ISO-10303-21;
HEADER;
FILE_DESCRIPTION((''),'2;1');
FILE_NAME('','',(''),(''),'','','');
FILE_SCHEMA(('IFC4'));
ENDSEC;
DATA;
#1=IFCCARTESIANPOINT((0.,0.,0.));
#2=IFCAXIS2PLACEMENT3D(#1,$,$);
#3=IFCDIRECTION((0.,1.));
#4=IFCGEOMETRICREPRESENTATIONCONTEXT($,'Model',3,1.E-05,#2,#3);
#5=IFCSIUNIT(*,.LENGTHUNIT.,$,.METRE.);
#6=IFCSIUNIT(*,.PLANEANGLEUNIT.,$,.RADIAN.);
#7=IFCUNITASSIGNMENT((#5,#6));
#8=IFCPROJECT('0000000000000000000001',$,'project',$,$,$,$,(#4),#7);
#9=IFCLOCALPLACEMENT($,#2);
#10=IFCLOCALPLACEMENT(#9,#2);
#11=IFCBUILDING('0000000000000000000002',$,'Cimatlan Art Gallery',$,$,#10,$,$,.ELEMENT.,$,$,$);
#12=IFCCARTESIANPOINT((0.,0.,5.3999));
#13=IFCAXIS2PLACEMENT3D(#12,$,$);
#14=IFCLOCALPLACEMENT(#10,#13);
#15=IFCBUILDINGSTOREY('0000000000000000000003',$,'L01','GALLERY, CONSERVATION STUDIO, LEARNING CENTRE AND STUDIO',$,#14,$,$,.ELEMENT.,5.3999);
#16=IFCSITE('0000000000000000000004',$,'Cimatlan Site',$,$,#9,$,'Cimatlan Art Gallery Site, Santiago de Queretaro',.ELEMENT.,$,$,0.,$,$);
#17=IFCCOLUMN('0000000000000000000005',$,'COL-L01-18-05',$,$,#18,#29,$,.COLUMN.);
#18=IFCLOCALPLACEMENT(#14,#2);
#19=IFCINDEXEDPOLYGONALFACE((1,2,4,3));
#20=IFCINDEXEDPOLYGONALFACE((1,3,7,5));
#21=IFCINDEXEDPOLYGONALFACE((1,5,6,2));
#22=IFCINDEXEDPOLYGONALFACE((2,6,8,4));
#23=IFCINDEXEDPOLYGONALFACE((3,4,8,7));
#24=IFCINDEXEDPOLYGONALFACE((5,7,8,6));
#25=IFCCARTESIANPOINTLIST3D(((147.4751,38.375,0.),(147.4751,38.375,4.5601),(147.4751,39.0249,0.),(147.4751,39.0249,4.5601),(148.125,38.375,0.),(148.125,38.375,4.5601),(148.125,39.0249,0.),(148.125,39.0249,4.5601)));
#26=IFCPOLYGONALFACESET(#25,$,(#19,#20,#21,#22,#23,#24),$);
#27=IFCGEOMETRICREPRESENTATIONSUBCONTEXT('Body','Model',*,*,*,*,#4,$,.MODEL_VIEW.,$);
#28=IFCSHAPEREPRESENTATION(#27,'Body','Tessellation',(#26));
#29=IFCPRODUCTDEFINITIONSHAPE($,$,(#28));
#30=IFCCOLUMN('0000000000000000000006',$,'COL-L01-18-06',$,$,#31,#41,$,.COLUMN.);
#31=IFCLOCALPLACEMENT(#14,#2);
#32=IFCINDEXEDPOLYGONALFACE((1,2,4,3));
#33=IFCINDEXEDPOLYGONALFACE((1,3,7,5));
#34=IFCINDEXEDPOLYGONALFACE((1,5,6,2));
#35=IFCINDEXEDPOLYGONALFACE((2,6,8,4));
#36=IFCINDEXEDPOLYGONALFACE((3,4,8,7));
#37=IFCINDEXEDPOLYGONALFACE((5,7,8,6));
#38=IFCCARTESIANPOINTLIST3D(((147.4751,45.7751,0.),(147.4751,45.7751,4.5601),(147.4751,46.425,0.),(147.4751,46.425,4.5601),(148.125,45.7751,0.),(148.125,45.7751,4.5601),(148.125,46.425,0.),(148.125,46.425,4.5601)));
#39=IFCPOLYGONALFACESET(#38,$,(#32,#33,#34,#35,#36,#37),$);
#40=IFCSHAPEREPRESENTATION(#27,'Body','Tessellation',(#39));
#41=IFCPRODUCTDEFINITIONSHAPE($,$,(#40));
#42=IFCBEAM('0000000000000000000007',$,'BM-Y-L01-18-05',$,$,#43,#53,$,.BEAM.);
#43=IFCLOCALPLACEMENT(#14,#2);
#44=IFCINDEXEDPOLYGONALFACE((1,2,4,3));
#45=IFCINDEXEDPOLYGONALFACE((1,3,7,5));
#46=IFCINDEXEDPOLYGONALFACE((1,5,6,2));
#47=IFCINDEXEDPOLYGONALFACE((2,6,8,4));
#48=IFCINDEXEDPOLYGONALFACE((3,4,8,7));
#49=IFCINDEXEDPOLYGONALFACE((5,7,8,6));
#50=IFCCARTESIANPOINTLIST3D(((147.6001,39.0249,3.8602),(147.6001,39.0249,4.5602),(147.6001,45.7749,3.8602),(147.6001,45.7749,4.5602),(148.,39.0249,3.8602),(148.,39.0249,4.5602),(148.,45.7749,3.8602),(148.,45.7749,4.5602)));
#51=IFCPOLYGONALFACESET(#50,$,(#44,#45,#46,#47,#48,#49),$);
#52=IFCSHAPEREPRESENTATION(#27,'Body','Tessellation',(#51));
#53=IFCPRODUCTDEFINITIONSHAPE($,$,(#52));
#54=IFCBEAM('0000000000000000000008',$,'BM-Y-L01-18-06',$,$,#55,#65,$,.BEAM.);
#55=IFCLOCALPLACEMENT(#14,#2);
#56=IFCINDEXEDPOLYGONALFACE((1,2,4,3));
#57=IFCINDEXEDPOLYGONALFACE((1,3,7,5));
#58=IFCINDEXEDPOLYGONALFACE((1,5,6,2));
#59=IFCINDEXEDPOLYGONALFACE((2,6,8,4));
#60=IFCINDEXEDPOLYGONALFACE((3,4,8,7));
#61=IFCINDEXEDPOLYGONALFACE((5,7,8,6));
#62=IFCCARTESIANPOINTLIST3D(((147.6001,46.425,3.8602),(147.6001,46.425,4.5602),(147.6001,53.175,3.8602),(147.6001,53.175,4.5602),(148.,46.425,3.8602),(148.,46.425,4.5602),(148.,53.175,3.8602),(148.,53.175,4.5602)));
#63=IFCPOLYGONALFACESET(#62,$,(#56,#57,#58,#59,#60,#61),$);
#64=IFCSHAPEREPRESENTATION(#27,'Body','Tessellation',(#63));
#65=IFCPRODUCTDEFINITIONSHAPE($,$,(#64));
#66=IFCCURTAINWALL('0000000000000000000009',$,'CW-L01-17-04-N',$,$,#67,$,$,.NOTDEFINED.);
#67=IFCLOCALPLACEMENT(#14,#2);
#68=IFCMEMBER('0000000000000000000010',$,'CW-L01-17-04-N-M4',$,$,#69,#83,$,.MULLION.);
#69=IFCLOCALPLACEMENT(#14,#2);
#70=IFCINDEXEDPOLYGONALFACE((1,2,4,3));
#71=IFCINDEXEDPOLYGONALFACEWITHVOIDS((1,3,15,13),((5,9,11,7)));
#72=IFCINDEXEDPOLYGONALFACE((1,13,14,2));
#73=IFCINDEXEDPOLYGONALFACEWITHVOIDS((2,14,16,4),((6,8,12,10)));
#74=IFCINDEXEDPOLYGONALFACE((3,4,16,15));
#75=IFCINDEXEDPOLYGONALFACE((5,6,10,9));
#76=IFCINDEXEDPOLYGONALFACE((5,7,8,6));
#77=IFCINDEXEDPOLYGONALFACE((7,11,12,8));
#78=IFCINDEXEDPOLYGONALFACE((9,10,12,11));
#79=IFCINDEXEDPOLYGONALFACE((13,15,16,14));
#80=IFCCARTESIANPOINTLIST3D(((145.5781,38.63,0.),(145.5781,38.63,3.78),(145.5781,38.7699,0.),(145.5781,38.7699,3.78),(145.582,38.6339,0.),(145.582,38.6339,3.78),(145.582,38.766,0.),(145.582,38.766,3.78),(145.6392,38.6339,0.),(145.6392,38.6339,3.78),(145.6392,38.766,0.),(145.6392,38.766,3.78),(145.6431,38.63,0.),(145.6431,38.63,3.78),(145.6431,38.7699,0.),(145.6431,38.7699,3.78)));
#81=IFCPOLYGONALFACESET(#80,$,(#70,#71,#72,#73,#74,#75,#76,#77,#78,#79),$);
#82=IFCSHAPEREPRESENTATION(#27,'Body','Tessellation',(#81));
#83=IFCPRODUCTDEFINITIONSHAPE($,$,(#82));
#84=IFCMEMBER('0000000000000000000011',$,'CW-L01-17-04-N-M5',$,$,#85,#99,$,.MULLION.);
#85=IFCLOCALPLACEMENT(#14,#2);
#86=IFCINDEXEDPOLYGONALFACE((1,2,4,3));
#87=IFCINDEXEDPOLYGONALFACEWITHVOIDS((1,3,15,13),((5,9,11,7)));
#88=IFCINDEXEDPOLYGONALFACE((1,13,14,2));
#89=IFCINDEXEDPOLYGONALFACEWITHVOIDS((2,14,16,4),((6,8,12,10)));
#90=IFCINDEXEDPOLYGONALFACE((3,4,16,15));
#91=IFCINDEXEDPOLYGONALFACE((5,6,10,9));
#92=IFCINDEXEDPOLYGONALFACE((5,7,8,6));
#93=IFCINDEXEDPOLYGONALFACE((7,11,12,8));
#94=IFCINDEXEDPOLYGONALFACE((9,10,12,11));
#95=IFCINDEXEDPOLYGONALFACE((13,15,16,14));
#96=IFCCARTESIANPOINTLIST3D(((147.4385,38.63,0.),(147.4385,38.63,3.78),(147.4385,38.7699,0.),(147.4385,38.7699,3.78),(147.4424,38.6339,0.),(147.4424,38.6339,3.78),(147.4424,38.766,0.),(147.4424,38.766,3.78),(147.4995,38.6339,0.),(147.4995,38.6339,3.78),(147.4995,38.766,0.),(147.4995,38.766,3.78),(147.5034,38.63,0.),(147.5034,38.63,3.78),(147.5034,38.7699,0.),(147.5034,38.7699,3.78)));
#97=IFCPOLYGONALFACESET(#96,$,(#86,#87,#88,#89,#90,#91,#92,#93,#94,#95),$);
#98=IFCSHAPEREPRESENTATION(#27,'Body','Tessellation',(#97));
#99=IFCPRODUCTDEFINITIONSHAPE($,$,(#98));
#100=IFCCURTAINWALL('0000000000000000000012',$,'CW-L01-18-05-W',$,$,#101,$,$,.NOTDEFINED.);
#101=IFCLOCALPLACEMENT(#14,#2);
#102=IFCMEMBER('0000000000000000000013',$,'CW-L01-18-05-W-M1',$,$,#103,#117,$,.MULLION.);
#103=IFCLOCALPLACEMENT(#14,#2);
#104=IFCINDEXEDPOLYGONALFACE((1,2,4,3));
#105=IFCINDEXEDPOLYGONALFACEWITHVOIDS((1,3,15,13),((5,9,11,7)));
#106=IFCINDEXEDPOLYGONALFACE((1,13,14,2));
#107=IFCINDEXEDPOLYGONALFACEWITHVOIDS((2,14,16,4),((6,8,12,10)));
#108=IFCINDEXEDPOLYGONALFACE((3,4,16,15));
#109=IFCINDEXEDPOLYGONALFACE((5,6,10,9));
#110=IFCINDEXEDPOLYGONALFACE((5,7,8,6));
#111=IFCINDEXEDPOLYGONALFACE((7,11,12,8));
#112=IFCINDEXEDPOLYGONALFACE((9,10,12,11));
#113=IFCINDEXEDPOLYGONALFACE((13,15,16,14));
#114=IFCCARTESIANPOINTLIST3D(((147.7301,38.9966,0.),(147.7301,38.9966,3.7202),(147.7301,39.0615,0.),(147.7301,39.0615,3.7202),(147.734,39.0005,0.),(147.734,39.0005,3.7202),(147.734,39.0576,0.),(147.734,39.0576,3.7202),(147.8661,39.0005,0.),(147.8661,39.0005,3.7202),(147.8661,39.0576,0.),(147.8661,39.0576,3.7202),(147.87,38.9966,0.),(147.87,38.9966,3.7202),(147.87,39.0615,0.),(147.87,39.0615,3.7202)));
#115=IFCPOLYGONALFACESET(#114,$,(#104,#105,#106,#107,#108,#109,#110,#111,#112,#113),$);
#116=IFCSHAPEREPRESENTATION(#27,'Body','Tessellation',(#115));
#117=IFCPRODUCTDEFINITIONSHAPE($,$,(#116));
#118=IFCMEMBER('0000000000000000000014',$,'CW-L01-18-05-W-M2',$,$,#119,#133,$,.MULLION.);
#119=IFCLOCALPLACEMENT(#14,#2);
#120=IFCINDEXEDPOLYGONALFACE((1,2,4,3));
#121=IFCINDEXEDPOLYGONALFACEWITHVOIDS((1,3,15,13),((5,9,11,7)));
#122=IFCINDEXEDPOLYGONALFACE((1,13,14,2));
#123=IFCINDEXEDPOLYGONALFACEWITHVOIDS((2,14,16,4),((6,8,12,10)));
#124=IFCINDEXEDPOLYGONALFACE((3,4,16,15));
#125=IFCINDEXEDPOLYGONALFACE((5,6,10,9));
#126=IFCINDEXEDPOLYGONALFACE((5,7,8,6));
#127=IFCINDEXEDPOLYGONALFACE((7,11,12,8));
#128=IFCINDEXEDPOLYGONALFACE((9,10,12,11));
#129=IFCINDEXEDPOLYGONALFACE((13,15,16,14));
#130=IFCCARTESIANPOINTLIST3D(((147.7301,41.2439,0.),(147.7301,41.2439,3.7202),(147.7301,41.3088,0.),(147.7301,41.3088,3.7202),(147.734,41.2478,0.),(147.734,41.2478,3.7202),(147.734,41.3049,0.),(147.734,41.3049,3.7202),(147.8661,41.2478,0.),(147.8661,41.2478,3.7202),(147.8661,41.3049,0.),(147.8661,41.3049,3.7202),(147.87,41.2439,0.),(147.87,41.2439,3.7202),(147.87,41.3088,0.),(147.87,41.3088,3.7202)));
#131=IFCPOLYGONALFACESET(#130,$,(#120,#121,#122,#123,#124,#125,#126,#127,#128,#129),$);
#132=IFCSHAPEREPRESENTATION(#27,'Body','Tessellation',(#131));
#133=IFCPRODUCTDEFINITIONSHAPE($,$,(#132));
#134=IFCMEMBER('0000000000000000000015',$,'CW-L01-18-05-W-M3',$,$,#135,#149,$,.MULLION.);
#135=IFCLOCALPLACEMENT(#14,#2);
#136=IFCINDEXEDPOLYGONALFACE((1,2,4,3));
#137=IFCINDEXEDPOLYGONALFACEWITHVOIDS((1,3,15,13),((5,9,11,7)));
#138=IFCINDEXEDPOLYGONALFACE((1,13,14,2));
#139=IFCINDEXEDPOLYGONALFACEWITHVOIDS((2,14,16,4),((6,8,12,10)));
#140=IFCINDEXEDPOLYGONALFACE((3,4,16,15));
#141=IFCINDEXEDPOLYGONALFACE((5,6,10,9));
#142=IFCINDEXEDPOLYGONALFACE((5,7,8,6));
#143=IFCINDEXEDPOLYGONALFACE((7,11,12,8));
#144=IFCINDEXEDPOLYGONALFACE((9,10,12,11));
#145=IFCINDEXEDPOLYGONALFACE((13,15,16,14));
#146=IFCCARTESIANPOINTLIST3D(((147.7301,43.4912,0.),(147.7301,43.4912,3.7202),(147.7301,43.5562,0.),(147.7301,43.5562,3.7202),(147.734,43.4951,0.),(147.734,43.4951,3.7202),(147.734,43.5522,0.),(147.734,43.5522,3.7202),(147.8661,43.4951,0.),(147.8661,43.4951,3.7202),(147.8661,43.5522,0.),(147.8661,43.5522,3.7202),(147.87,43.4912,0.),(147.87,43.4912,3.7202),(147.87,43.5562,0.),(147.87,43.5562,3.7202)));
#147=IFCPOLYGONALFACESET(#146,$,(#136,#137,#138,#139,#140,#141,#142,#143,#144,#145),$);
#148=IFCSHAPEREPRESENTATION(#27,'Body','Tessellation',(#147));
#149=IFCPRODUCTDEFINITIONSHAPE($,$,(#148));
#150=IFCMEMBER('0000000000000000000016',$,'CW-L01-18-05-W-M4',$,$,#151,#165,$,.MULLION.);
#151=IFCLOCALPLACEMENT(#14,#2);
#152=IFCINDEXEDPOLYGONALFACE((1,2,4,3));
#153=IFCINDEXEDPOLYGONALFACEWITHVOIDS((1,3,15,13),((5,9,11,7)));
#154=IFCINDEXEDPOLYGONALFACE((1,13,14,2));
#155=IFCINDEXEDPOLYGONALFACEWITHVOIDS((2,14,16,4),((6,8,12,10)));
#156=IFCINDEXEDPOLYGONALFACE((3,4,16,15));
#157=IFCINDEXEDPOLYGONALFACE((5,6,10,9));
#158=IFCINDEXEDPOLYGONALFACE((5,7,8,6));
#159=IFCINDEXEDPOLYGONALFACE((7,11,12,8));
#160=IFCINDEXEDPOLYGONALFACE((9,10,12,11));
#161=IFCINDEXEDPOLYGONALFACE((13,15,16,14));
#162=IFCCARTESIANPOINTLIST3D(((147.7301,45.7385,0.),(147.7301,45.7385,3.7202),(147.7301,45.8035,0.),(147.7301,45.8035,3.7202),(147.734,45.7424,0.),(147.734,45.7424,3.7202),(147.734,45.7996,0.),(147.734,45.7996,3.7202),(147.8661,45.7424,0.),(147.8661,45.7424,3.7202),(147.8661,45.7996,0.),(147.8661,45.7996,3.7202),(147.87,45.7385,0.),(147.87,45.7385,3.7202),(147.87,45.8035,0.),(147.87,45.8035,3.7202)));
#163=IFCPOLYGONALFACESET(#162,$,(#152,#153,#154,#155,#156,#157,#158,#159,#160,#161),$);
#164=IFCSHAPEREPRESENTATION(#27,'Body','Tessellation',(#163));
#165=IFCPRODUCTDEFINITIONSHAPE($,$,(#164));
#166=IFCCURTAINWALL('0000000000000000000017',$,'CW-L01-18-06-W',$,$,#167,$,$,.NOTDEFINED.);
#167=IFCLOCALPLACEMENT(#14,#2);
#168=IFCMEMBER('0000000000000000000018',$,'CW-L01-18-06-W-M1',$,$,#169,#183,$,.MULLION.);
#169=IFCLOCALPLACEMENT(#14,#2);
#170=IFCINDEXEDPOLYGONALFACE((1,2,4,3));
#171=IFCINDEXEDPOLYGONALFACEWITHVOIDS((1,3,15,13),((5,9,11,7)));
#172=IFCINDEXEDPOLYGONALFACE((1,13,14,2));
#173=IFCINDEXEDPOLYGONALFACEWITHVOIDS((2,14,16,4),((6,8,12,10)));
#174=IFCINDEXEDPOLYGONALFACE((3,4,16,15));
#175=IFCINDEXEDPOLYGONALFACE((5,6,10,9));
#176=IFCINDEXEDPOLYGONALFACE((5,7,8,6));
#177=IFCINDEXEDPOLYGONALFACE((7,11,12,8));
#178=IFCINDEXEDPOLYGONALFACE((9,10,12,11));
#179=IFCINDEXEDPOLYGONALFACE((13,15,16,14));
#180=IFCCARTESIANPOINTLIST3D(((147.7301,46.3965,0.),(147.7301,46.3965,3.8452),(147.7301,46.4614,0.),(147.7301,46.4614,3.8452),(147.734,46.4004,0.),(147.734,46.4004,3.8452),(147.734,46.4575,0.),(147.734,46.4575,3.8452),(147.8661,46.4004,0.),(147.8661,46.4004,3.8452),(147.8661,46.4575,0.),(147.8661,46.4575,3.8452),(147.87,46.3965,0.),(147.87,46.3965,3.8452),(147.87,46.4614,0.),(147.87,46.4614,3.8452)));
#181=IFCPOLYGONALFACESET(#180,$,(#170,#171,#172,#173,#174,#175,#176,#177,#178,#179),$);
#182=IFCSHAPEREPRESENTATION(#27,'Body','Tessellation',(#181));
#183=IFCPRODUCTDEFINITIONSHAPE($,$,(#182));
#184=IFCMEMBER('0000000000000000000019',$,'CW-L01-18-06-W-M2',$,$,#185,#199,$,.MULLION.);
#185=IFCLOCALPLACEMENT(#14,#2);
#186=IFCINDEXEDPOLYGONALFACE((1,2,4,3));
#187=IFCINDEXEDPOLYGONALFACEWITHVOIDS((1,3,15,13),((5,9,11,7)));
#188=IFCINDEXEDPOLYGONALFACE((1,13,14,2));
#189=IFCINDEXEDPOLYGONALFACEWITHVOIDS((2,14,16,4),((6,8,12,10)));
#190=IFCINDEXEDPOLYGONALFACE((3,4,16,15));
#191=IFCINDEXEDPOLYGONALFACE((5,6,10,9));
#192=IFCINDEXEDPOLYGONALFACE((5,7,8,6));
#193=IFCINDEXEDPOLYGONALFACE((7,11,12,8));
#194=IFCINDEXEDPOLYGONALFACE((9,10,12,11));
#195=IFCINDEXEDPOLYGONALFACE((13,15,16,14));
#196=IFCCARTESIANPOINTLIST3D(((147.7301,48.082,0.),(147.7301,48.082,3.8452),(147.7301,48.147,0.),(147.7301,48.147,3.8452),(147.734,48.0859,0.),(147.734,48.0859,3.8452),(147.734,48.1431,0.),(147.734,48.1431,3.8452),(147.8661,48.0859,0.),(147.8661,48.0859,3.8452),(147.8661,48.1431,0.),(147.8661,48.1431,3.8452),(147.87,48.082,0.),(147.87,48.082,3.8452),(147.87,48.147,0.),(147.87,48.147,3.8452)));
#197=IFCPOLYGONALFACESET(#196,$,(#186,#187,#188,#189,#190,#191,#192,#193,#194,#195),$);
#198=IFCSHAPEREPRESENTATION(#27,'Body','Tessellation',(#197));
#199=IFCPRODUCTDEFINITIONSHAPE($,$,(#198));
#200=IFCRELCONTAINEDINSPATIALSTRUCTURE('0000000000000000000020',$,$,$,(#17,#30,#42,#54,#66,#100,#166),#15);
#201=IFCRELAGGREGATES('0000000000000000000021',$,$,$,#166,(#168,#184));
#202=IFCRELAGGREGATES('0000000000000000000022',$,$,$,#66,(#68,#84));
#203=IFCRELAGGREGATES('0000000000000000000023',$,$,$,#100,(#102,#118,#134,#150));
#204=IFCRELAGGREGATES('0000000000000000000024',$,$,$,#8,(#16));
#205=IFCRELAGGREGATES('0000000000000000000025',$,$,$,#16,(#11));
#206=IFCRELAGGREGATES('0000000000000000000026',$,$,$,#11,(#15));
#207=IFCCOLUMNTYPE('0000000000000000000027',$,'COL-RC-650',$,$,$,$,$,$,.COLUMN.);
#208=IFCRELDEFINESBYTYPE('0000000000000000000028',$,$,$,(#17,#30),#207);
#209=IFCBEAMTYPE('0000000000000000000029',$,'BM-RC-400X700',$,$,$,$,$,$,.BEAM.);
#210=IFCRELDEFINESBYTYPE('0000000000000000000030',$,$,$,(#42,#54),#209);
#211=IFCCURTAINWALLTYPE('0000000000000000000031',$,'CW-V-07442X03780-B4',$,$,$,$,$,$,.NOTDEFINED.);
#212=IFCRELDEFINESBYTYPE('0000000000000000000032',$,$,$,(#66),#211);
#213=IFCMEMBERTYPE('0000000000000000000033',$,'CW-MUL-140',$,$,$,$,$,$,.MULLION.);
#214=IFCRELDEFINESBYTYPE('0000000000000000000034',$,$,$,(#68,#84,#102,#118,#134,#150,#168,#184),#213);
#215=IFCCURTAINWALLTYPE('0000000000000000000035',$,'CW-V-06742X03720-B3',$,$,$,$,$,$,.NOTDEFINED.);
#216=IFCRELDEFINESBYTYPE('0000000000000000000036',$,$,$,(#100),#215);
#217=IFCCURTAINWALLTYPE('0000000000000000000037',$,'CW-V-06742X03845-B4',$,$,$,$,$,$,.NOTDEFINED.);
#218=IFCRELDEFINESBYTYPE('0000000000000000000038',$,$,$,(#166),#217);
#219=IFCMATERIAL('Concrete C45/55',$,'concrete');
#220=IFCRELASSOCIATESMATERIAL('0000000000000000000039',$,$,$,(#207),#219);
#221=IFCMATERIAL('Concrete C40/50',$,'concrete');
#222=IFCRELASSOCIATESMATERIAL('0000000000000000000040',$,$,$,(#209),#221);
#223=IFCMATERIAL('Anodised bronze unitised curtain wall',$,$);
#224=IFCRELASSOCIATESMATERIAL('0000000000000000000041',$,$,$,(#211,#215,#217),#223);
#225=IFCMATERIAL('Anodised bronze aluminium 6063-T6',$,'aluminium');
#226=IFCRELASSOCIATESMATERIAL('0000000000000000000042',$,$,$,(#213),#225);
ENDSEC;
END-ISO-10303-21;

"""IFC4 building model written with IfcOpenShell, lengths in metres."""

from ifc_helpers import new_model, si_unit, direction, frame, origin, origin_2d, place, context, subcontext, project, spatial, rectangle, hollow_rectangle, extrude, material, material_profile, profile_set, type_object, element, aggregate, save


model = new_model("IFC4")

# Units and contexts
model_context = context("Model", 3, precision=1e-05, world=origin(), true_north=direction((0.0, 1.0)))
body_context = subcontext(model_context, "Body", "Model", "MODEL_VIEW")
ifc_project = project(units=[si_unit("LENGTHUNIT", "METRE"), si_unit("PLANEANGLEUNIT", "RADIAN")], contexts=[model_context])

# Site, building, storey
site_placement = place(None, origin())
site = spatial("IfcSite", under=ifc_project, at=site_placement, Name="Cimatlan Site", LongName="Cimatlan Art Gallery Site, Santiago de Queretaro", CompositionType="ELEMENT", RefElevation=0.0)
building_placement = place(site_placement, origin())
building = spatial("IfcBuilding", under=site, at=building_placement, Name="Cimatlan Art Gallery", CompositionType="ELEMENT")
storey_placement = place(building_placement, frame((0.0, 0.0, 5.3999)))
storey = spatial("IfcBuildingStorey", under=building, at=storey_placement, Name="L01", Description="GALLERY, CONSERVATION STUDIO, LEARNING CENTRE AND STUDIO", CompositionType="ELEMENT", Elevation=5.3999)

# Columns
ifc_material_1 = material(Name="Concrete C45/55", Category="concrete")
ifc_material_profile_1 = material_profile(ifc_material_1, rectangle(XDim=0.6499, YDim=0.6499, at=origin_2d()), Name="RC650X650")
ifc_profile_set_1 = profile_set([ifc_material_profile_1], Name="Concrete C45/55")
column_type = type_object("IfcColumnType", Name="COL-RC-650", PredefinedType="COLUMN", material=ifc_profile_set_1)
for number, where, z_axis, x_axis, name in (
    (1, (147.8, 38.7, 0.0), (0.0, 0.0, 1.0), (1.0, 0.0, 0.0), "COL-L01-18-05"),
    (2, (147.8, 46.1001, 0.0), (0.0, 0.0, 1.0), (1.0, 0.0, 0.0), "COL-L01-18-06"),
):
    element("IfcColumn", number, at=place(storey_placement, frame(where, z_axis=z_axis, x_axis=x_axis)), inside=storey, type_object=column_type, Name=name, PredefinedType="COLUMN", context=body_context, shape_type="SweptSolid", body=[
        extrude(rectangle(XDim=0.6499, YDim=0.6499, at=origin_2d()), origin(), (0.0, 0.0, 1.0), 4.5601),
    ])

# Beams
ifc_material_2 = material(Name="Concrete C40/50", Category="concrete")
ifc_material_profile_2 = material_profile(ifc_material_2, rectangle(XDim=0.3999, YDim=0.7, at=origin_2d()), Name="RC400X700")
ifc_profile_set_2 = profile_set([ifc_material_profile_2], Name="Concrete C40/50")
beam_type = type_object("IfcBeamType", Name="BM-RC-400X700", PredefinedType="BEAM", material=ifc_profile_set_2)
for number, where, z_axis, x_axis, name in (
    (3, (147.8, 39.0249, 4.2102), (0.0, 1.0, 0.0), (-1.0, 0.0, 0.0), "BM-Y-L01-18-05"),
    (4, (147.8, 46.425, 4.2102), (0.0, 1.0, 0.0), (-1.0, 0.0, 0.0), "BM-Y-L01-18-06"),
):
    element("IfcBeam", number, at=place(storey_placement, frame(where, z_axis=z_axis, x_axis=x_axis)), inside=storey, type_object=beam_type, Name=name, PredefinedType="BEAM", context=body_context, shape_type="SweptSolid", body=[
        extrude(rectangle(XDim=0.3999, YDim=0.7, at=origin_2d()), origin(), (0.0, 0.0, 1.0), 6.75),
    ])

# Curtain walls, members
ifc_material_3 = material(Name="Anodised bronze unitised curtain wall")
curtain_wall_type_1 = type_object("IfcCurtainWallType", Name="CW-V-07442X03780-B4", PredefinedType="NOTDEFINED", material=ifc_material_3)
curtain_wall_1_placement = place(storey_placement, origin())
curtain_wall_1 = element("IfcCurtainWall", 5, at=curtain_wall_1_placement, inside=storey, type_object=curtain_wall_type_1, Name="CW-L01-17-04-N", PredefinedType="NOTDEFINED")
ifc_material_4 = material(Name="Anodised bronze aluminium 6063-T6", Category="aluminium")
ifc_material_profile_3 = material_profile(ifc_material_4, hollow_rectangle(XDim=0.0649, YDim=0.1399, WallThickness=0.0039, at=origin_2d()), Name="ALU65X140X4")
ifc_profile_set_3 = profile_set([ifc_material_profile_3], Name="Anodised bronze aluminium 6063-T6")
member_type_1 = type_object("IfcMemberType", Name="CW-MUL-140", PredefinedType="MULLION", material=ifc_profile_set_3)
member_1_placement = place(storey_placement, frame((145.6106, 38.7, 0.0), z_axis=(0.0, 0.0, 1.0), x_axis=(1.0, 0.0, 0.0)))
member_1 = element("IfcMember", 6, at=member_1_placement, type_object=member_type_1, Name="CW-L01-17-04-N-M4", PredefinedType="MULLION", context=body_context, shape_type="SweptSolid", body=[
    extrude(hollow_rectangle(XDim=0.0649, YDim=0.1399, WallThickness=0.0039, at=origin_2d()), origin(), (0.0, 0.0, 1.0), 3.78),
])
member_2_placement = place(storey_placement, frame((147.4709, 38.7, 0.0), z_axis=(0.0, 0.0, 1.0), x_axis=(1.0, 0.0, 0.0)))
member_2 = element("IfcMember", 7, at=member_2_placement, type_object=member_type_1, Name="CW-L01-17-04-N-M5", PredefinedType="MULLION", context=body_context, shape_type="SweptSolid", body=[
    extrude(hollow_rectangle(XDim=0.0649, YDim=0.1399, WallThickness=0.0039, at=origin_2d()), origin(), (0.0, 0.0, 1.0), 3.78),
])
curtain_wall_type_2 = type_object("IfcCurtainWallType", Name="CW-V-06742X03720-B3", PredefinedType="NOTDEFINED", material=ifc_material_3)
curtain_wall_2_placement = place(storey_placement, origin())
curtain_wall_2 = element("IfcCurtainWall", 8, at=curtain_wall_2_placement, inside=storey, type_object=curtain_wall_type_2, Name="CW-L01-18-05-W", PredefinedType="NOTDEFINED")
member_3_placement = place(storey_placement, frame((147.8, 39.0291, 0.0), z_axis=(0.0, 0.0, 1.0), x_axis=(0.0, 1.0, 0.0)))
member_3 = element("IfcMember", 9, at=member_3_placement, type_object=member_type_1, Name="CW-L01-18-05-W-M1", PredefinedType="MULLION", context=body_context, shape_type="SweptSolid", body=[
    extrude(hollow_rectangle(XDim=0.0649, YDim=0.1399, WallThickness=0.0039, at=origin_2d()), origin(), (0.0, 0.0, 1.0), 3.7202),
])
member_4_placement = place(storey_placement, frame((147.8, 41.2764, 0.0), z_axis=(0.0, 0.0, 1.0), x_axis=(0.0, 1.0, 0.0)))
member_4 = element("IfcMember", 10, at=member_4_placement, type_object=member_type_1, Name="CW-L01-18-05-W-M2", PredefinedType="MULLION", context=body_context, shape_type="SweptSolid", body=[
    extrude(hollow_rectangle(XDim=0.0649, YDim=0.1399, WallThickness=0.0039, at=origin_2d()), origin(), (0.0, 0.0, 1.0), 3.7202),
])
member_5_placement = place(storey_placement, frame((147.8, 43.5237, 0.0), z_axis=(0.0, 0.0, 1.0), x_axis=(0.0, 1.0, 0.0)))
member_5 = element("IfcMember", 11, at=member_5_placement, type_object=member_type_1, Name="CW-L01-18-05-W-M3", PredefinedType="MULLION", context=body_context, shape_type="SweptSolid", body=[
    extrude(hollow_rectangle(XDim=0.0649, YDim=0.1399, WallThickness=0.0039, at=origin_2d()), origin(), (0.0, 0.0, 1.0), 3.7202),
])
member_6_placement = place(storey_placement, frame((147.8, 45.771, 0.0), z_axis=(0.0, 0.0, 1.0), x_axis=(0.0, 1.0, 0.0)))
member_6 = element("IfcMember", 12, at=member_6_placement, type_object=member_type_1, Name="CW-L01-18-05-W-M4", PredefinedType="MULLION", context=body_context, shape_type="SweptSolid", body=[
    extrude(hollow_rectangle(XDim=0.0649, YDim=0.1399, WallThickness=0.0039, at=origin_2d()), origin(), (0.0, 0.0, 1.0), 3.7202),
])
curtain_wall_type_3 = type_object("IfcCurtainWallType", Name="CW-V-06742X03845-B4", PredefinedType="NOTDEFINED", material=ifc_material_3)
curtain_wall_3_placement = place(storey_placement, origin())
curtain_wall_3 = element("IfcCurtainWall", 13, at=curtain_wall_3_placement, inside=storey, type_object=curtain_wall_type_3, Name="CW-L01-18-06-W", PredefinedType="NOTDEFINED")
member_7_placement = place(storey_placement, frame((147.8, 46.429, 0.0), z_axis=(0.0, 0.0, 1.0), x_axis=(0.0, 1.0, 0.0)))
member_7 = element("IfcMember", 14, at=member_7_placement, type_object=member_type_1, Name="CW-L01-18-06-W-M1", PredefinedType="MULLION", context=body_context, shape_type="SweptSolid", body=[
    extrude(hollow_rectangle(XDim=0.0649, YDim=0.1399, WallThickness=0.0039, at=origin_2d()), origin(), (0.0, 0.0, 1.0), 3.8452),
])
member_8_placement = place(storey_placement, frame((147.8, 48.1145, 0.0), z_axis=(0.0, 0.0, 1.0), x_axis=(0.0, 1.0, 0.0)))
member_8 = element("IfcMember", 15, at=member_8_placement, type_object=member_type_1, Name="CW-L01-18-06-W-M2", PredefinedType="MULLION", context=body_context, shape_type="SweptSolid", body=[
    extrude(hollow_rectangle(XDim=0.0649, YDim=0.1399, WallThickness=0.0039, at=origin_2d()), origin(), (0.0, 0.0, 1.0), 3.8452),
])

aggregate(curtain_wall_3, [member_7, member_8])
aggregate(curtain_wall_1, [member_1, member_2])
aggregate(curtain_wall_2, [member_3, member_4, member_5, member_6])

save(model, "model.ifc")
